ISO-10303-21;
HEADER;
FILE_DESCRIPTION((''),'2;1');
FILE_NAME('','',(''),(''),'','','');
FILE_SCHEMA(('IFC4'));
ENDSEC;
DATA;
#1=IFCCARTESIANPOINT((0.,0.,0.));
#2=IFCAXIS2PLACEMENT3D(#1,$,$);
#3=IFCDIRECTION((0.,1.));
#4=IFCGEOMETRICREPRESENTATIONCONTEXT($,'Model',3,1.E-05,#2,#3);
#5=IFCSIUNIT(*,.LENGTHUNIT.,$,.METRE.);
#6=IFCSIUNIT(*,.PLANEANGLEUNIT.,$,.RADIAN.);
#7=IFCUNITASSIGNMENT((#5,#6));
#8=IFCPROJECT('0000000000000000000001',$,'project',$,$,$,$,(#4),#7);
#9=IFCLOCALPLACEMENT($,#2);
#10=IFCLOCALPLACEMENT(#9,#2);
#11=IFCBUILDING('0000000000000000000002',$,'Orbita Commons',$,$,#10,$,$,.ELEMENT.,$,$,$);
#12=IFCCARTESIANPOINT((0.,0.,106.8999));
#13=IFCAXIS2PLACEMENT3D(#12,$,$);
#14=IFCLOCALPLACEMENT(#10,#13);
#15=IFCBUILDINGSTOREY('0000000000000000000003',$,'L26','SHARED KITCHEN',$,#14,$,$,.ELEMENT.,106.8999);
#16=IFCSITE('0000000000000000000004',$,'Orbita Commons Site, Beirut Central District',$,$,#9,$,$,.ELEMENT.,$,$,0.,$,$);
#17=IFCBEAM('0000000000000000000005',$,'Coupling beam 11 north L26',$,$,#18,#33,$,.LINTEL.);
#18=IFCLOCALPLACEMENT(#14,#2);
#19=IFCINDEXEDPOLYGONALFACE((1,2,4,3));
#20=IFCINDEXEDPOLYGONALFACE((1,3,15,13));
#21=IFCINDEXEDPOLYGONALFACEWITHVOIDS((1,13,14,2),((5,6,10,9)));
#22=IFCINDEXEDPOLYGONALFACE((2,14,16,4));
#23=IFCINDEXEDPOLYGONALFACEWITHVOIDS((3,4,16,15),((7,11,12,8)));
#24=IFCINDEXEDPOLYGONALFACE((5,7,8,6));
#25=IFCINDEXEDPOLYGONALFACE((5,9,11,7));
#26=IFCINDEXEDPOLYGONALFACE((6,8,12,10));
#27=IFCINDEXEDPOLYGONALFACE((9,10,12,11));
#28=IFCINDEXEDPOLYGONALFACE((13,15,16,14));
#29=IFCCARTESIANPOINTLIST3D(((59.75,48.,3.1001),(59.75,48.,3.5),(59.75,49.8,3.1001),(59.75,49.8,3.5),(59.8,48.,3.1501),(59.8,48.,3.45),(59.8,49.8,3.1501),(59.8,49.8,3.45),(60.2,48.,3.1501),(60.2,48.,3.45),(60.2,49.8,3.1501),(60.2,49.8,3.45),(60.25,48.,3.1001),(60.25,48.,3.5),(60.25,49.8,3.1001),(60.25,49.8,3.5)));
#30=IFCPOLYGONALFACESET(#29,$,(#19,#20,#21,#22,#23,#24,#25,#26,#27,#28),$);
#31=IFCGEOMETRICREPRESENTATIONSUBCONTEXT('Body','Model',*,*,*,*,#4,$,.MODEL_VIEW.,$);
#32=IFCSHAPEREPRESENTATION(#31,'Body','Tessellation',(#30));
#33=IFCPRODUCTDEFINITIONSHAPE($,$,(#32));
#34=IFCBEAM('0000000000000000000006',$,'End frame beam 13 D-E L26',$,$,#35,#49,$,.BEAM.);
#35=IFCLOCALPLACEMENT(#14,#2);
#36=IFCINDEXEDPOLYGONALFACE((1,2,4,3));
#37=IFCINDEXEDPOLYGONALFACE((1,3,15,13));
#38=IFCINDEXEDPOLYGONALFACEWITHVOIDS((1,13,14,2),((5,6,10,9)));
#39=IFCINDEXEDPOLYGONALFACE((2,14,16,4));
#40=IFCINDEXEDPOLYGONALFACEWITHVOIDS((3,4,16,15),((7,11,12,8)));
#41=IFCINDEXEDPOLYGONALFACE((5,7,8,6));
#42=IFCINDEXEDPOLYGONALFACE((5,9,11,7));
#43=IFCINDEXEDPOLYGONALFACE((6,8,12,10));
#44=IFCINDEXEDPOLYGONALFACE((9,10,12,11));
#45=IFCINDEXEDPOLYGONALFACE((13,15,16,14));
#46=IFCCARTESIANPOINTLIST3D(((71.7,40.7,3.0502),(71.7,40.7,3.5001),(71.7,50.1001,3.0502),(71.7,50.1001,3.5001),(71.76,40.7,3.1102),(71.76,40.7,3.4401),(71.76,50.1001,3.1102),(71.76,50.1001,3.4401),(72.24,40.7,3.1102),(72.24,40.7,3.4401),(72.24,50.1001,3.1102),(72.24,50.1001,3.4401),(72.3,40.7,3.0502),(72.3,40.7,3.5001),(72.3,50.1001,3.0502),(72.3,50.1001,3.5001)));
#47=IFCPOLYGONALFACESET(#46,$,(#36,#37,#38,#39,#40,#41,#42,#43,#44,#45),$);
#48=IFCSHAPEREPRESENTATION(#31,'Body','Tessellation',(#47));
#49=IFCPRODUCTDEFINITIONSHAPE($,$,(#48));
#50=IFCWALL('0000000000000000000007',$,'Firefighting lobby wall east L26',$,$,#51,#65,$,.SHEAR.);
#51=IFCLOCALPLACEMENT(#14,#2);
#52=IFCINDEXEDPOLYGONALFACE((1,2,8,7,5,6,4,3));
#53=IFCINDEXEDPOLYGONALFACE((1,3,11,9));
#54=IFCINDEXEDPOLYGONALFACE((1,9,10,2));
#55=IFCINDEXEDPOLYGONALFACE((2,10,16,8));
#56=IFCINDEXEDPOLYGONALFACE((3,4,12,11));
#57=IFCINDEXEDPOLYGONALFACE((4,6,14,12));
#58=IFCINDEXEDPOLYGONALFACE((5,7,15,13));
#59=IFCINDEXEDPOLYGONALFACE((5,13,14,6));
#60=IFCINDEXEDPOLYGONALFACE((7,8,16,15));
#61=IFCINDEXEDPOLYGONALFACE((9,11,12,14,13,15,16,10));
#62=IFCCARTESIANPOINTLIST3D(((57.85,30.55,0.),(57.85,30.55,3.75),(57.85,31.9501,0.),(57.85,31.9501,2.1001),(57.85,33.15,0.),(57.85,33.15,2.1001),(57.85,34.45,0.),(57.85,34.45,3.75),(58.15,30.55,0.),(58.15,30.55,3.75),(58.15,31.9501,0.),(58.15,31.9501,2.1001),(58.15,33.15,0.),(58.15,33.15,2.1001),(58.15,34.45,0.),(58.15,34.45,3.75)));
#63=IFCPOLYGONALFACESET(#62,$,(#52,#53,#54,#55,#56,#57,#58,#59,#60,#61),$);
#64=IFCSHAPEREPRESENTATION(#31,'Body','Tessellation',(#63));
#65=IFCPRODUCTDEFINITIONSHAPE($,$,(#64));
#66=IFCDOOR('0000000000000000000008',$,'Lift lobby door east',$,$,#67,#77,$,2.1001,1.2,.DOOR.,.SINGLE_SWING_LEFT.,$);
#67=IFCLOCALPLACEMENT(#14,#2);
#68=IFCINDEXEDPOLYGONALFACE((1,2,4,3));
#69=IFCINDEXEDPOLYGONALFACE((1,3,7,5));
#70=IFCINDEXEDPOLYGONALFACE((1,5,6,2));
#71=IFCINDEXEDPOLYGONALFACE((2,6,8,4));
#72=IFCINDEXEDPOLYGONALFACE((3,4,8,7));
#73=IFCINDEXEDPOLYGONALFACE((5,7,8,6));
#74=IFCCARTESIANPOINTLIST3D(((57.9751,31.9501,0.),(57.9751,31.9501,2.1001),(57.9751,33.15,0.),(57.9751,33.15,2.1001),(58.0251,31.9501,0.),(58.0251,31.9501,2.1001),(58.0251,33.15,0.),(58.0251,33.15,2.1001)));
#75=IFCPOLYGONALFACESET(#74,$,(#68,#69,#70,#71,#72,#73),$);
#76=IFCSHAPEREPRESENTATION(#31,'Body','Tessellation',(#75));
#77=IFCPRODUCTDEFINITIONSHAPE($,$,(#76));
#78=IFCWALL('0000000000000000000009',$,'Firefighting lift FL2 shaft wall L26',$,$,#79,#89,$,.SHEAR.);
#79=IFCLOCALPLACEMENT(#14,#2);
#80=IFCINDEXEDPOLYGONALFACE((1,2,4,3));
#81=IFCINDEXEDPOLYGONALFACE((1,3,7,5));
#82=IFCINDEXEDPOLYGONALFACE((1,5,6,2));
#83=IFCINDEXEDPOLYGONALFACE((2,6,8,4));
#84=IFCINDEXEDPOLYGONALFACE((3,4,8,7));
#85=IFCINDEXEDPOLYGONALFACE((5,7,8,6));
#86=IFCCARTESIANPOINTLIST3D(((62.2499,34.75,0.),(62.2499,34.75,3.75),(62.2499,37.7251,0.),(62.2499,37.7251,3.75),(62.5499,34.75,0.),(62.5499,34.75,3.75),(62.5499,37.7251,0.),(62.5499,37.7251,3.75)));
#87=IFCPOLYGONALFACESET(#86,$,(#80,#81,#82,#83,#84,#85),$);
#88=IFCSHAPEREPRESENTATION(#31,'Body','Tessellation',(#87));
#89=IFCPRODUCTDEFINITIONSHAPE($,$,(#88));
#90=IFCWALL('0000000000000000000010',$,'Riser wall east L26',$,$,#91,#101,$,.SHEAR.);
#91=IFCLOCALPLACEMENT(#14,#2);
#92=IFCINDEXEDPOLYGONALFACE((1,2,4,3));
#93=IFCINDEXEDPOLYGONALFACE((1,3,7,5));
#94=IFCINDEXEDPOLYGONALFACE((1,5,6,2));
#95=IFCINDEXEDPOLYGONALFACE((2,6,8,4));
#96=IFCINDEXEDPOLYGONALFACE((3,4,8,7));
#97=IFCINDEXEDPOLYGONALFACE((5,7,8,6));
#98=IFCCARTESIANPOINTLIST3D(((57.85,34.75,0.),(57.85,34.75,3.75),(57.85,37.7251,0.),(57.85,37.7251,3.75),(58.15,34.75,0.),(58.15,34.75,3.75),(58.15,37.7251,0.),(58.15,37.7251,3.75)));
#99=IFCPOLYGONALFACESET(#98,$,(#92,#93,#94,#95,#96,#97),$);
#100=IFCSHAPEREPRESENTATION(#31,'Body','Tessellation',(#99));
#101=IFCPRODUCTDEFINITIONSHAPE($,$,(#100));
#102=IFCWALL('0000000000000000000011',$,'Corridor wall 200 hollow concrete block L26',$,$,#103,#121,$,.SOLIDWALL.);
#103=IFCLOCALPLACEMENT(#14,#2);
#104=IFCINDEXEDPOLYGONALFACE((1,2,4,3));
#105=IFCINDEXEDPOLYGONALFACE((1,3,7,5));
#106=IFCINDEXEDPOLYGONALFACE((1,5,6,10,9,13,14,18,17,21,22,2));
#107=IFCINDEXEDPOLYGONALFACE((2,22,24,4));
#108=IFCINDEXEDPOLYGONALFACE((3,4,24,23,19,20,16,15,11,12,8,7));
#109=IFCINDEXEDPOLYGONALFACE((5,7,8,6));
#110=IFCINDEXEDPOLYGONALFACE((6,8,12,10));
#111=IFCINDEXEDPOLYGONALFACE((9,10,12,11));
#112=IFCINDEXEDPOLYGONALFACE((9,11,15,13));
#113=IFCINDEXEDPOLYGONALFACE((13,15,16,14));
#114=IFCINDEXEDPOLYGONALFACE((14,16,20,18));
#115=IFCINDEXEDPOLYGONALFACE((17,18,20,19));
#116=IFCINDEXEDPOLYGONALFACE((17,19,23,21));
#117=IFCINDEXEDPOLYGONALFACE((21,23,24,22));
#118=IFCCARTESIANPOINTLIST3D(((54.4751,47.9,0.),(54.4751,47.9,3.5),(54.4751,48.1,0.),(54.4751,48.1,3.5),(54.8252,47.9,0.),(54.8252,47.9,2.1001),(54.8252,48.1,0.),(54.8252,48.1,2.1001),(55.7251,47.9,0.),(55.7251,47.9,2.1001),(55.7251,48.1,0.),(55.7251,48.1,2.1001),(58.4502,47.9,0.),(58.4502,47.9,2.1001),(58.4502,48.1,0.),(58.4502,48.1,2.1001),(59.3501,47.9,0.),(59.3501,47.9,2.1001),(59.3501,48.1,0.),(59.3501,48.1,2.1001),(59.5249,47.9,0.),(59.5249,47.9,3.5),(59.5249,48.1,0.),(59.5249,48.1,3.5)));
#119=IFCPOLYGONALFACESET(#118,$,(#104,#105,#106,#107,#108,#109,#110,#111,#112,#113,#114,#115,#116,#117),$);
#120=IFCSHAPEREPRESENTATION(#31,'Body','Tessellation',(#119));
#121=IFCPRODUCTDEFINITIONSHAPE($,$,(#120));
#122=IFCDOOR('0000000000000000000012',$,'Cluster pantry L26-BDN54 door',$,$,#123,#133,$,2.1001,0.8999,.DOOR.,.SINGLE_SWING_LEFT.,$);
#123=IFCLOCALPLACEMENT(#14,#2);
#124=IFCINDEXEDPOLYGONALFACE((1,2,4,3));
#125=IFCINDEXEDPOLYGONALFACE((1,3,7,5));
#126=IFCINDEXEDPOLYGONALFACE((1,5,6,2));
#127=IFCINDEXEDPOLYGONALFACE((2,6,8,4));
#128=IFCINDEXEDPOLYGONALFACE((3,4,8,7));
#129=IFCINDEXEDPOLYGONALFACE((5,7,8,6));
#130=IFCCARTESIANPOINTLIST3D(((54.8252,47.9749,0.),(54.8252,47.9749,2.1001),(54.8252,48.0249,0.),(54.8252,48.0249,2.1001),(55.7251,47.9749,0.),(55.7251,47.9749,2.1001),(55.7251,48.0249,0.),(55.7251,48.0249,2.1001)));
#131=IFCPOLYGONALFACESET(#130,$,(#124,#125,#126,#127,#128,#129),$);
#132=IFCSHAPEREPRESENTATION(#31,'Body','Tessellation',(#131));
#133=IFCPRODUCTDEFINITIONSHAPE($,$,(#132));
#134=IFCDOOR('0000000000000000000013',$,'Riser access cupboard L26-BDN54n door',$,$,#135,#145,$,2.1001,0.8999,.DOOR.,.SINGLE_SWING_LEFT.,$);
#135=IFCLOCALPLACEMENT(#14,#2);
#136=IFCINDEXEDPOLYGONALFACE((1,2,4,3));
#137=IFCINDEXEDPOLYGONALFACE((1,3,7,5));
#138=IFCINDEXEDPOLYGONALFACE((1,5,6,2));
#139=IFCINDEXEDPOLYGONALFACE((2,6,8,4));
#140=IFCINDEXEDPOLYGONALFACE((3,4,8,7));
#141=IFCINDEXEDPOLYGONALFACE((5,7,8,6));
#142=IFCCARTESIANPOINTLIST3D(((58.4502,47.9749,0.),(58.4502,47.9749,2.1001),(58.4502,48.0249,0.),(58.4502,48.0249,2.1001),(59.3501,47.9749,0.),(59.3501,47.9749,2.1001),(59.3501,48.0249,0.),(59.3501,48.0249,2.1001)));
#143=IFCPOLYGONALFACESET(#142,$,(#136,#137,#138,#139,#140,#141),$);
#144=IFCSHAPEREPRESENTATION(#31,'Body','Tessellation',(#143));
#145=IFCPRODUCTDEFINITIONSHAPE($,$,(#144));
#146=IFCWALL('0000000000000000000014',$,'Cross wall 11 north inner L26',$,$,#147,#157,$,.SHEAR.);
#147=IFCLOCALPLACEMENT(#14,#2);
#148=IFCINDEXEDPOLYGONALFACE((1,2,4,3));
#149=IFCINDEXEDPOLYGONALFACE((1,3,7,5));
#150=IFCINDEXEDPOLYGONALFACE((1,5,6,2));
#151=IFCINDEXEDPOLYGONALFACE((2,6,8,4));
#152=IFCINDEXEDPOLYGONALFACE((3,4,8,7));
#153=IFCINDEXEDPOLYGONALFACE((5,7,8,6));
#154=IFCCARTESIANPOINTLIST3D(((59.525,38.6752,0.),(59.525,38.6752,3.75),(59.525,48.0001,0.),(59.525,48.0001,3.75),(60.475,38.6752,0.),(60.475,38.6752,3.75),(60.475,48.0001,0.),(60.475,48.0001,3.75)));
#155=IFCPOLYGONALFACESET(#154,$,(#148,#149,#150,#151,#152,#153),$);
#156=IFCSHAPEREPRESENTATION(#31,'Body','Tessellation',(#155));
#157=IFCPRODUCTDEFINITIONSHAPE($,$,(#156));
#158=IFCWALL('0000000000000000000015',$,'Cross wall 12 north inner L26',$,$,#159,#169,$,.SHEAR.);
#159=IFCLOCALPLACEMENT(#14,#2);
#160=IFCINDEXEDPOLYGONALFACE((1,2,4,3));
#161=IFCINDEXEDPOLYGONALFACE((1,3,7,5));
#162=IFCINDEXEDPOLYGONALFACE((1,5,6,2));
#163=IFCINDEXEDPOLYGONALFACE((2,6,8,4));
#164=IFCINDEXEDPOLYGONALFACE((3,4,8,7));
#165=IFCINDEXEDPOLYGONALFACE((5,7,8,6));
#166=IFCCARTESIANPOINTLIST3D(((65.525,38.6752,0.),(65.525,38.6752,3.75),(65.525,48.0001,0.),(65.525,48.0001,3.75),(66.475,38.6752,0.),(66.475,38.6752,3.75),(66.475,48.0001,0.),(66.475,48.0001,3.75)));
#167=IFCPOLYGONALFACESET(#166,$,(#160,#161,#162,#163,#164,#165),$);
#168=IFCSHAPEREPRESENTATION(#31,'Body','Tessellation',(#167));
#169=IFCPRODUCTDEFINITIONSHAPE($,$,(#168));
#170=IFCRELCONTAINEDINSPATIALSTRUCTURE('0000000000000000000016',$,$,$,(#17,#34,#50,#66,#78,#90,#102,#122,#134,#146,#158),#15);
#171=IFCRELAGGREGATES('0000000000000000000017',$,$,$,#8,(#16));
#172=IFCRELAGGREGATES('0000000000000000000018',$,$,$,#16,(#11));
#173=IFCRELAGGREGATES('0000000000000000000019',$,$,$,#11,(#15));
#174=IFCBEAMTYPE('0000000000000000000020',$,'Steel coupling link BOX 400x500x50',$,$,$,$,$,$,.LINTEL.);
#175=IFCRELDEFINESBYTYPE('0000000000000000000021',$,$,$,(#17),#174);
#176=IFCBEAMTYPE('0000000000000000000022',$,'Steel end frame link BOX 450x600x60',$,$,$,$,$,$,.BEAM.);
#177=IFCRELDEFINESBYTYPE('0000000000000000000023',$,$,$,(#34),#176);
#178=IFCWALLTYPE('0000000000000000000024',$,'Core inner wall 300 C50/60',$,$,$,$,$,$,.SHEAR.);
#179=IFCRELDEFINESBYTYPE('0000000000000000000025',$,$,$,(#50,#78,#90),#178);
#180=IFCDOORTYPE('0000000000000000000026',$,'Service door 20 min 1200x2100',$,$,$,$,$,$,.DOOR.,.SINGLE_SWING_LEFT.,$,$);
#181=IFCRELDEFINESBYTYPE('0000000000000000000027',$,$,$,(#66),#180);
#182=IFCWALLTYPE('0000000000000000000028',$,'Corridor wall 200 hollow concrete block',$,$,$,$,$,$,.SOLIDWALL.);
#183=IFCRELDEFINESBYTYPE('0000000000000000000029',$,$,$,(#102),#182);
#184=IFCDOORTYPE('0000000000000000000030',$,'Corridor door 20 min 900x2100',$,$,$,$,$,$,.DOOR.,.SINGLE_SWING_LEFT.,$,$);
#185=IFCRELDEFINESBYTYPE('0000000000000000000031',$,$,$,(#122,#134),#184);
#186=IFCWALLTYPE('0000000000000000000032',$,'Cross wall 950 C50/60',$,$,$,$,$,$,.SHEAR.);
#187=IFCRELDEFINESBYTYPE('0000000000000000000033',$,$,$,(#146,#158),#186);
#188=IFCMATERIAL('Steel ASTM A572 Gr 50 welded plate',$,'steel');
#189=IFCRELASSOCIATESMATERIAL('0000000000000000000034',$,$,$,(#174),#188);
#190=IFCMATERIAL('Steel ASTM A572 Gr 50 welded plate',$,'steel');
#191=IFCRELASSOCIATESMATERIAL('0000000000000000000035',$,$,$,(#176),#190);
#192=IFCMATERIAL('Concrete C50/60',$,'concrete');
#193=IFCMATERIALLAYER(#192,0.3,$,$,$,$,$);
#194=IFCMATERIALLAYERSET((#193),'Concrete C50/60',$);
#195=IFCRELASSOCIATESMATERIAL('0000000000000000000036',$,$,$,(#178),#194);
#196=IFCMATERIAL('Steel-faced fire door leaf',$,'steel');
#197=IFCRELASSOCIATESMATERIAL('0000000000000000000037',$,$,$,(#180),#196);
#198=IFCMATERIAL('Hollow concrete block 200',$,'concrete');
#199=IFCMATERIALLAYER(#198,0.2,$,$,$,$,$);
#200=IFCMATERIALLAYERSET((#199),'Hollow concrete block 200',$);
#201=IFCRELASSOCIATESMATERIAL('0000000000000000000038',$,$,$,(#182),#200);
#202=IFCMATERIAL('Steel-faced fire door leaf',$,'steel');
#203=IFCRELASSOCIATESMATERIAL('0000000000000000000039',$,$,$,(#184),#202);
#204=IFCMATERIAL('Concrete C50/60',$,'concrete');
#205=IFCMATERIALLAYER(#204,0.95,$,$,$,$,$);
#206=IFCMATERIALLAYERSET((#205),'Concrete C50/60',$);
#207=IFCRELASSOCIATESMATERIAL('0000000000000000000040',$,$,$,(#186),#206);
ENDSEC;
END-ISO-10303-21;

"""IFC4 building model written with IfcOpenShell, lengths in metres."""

from ifc_helpers import new_model, si_unit, direction, frame, frame_2d, origin, origin_2d, place, context, subcontext, project, spatial, rectangle, hollow_rectangle, extrude, material, layer, layer_set, material_profile, profile_set, type_object, element, fill, save


model = new_model("IFC4")

# Units and contexts
model_context = context("Model", 3, precision=1e-05, world=origin(), true_north=direction((0.0, 1.0)))
body_context = subcontext(model_context, "Body", "Model", "MODEL_VIEW")
ifc_project = project(units=[si_unit("LENGTHUNIT", "METRE"), si_unit("PLANEANGLEUNIT", "RADIAN")], contexts=[model_context])

# Site, building, storey
site_placement = place(None, origin())
site = spatial("IfcSite", under=ifc_project, at=site_placement, Name="Orbita Commons Site, Beirut Central District", CompositionType="ELEMENT", RefElevation=0.0)
building_placement = place(site_placement, origin())
building = spatial("IfcBuilding", under=site, at=building_placement, Name="Orbita Commons", CompositionType="ELEMENT")
storey_placement = place(building_placement, frame((0.0, 0.0, 106.8999)))
storey = spatial("IfcBuildingStorey", under=building, at=storey_placement, Name="L26", Description="SHARED KITCHEN", CompositionType="ELEMENT", Elevation=106.8999)

# Beams
ifc_material_1 = material(Name="Steel ASTM A572 Gr 50 welded plate", Category="steel")
ifc_material_profile_1 = material_profile(ifc_material_1, hollow_rectangle(XDim=0.5, YDim=0.3999, WallThickness=0.05, at=origin_2d()), Name="BOX 400x500x50")
ifc_profile_set_1 = profile_set([ifc_material_profile_1], Name="Steel ASTM A572 Gr 50 welded plate")
beam_type_1 = type_object("IfcBeamType", Name="Steel coupling link BOX 400x500x50", PredefinedType="LINTEL", material=ifc_profile_set_1)
beam_1_placement = place(storey_placement, frame((60.0, 48.0, 3.3), z_axis=(0.0, 1.0, 0.0), x_axis=(-1.0, 0.0, 0.0)))
element("IfcBeam", 1, at=beam_1_placement, inside=storey, type_object=beam_type_1, Name="Coupling beam 11 north L26", PredefinedType="LINTEL", context=body_context, shape_type="SweptSolid", body=[
    extrude(hollow_rectangle(XDim=0.5, YDim=0.3999, WallThickness=0.05, at=origin_2d()), origin(), (0.0, 0.0, 1.0), 1.8),
])
ifc_material_2 = material(Name="Steel ASTM A572 Gr 50 welded plate", Category="steel")
ifc_material_profile_2 = material_profile(ifc_material_2, hollow_rectangle(XDim=0.6001, YDim=0.45, WallThickness=0.0601, at=origin_2d()), Name="BOX 450x600x60")
ifc_profile_set_2 = profile_set([ifc_material_profile_2], Name="Steel ASTM A572 Gr 50 welded plate")
beam_type_2 = type_object("IfcBeamType", Name="Steel end frame link BOX 450x600x60", PredefinedType="BEAM", material=ifc_profile_set_2)
beam_2_placement = place(storey_placement, frame((72.0, 40.7, 3.2751), z_axis=(0.0, 1.0, 0.0), x_axis=(-1.0, 0.0, 0.0)))
element("IfcBeam", 2, at=beam_2_placement, inside=storey, type_object=beam_type_2, Name="End frame beam 13 D-E L26", PredefinedType="BEAM", context=body_context, shape_type="SweptSolid", body=[
    extrude(hollow_rectangle(XDim=0.6001, YDim=0.45, WallThickness=0.0601, at=origin_2d()), origin(), (0.0, 0.0, 1.0), 9.4001),
])

# Wall, opening, door
ifc_material_3 = material(Name="Concrete C50/60", Category="concrete")
ifc_layer_1 = layer(ifc_material_3, 0.3)
ifc_layer_set_1 = layer_set([ifc_layer_1], Name="Concrete C50/60")
wall_type_1 = type_object("IfcWallType", Name="Core inner wall 300 C50/60", PredefinedType="SHEAR", material=ifc_layer_set_1)
wall_1_placement = place(storey_placement, frame((58.0, 30.55, 0.0), z_axis=(0.0, 0.0, 1.0), x_axis=(0.0, 1.0, 0.0)))
wall_1 = element("IfcWall", 3, at=wall_1_placement, inside=storey, type_object=wall_type_1, Name="Firefighting lobby wall east L26", PredefinedType="SHEAR", context=body_context, shape_type="SweptSolid", body=[
    extrude(rectangle(XDim=3.8999, YDim=0.3, at=frame_2d((1.95, 0.0))), origin(), (0.0, 0.0, 1.0), 3.75),
])
opening_1_placement = place(wall_1_placement, frame((1.3999, 0.0, 0.0)))
opening_1 = element("IfcOpeningElement", 4, at=opening_1_placement, cuts=wall_1, PredefinedType="OPENING", context=body_context, shape_type="SweptSolid", body=[
    extrude(rectangle(XDim=1.2, YDim=2.1001, at=frame_2d((0.6001, 1.05))), frame((0.0, 0.1599, 0.0), z_axis=(0.0, -1.0, 0.0), x_axis=(1.0, 0.0, 0.0)), (0.0, 0.0, 1.0), 0.3201),
])
ifc_material_4 = material(Name="Steel-faced fire door leaf", Category="steel")
door_type_1 = type_object("IfcDoorType", Name="Service door 20 min 1200x2100", OperationType="SINGLE_SWING_LEFT", PredefinedType="DOOR", material=ifc_material_4)
door_1_placement = place(opening_1_placement, origin())
door_1 = element("IfcDoor", 5, at=door_1_placement, inside=storey, type_object=door_type_1, Name="Lift lobby door east", OperationType="SINGLE_SWING_LEFT", OverallHeight=2.1001, OverallWidth=1.2, PredefinedType="DOOR", context=body_context, shape_type="SweptSolid", body=[
    extrude(rectangle(XDim=1.2, YDim=2.1001, at=frame_2d((0.6001, 1.05))), frame((0.0, 0.0249, 0.0), z_axis=(0.0, -1.0, 0.0), x_axis=(1.0, 0.0, 0.0)), (0.0, 0.0, 1.0), 0.05),
])
fill(opening_1, door_1)

# Walls
for number, where, z_axis, x_axis, name in (
    (6, (62.3999, 34.75, 0.0), (0.0, 0.0, 1.0), (0.0, 1.0, 0.0), "Firefighting lift FL2 shaft wall L26"),
    (7, (58.0, 34.75, 0.0), (0.0, 0.0, 1.0), (0.0, 1.0, 0.0), "Riser wall east L26"),
):
    element("IfcWall", number, at=place(storey_placement, frame(where, z_axis=z_axis, x_axis=x_axis)), inside=storey, type_object=wall_type_1, Name=name, PredefinedType="SHEAR", context=body_context, shape_type="SweptSolid", body=[
        extrude(rectangle(XDim=2.9751, YDim=0.3, at=frame_2d((1.4875, 0.0))), origin(), (0.0, 0.0, 1.0), 3.75),
    ])

# Wall, openings, doors
ifc_material_5 = material(Name="Hollow concrete block 200", Category="concrete")
ifc_layer_2 = layer(ifc_material_5, 0.2)
ifc_layer_set_2 = layer_set([ifc_layer_2], Name="Hollow concrete block 200")
wall_type_2 = type_object("IfcWallType", Name="Corridor wall 200 hollow concrete block", PredefinedType="SOLIDWALL", material=ifc_layer_set_2)
wall_2_placement = place(storey_placement, frame((54.4751, 48.0, 0.0), z_axis=(0.0, 0.0, 1.0), x_axis=(1.0, 0.0, 0.0)))
wall_2 = element("IfcWall", 8, at=wall_2_placement, inside=storey, type_object=wall_type_2, Name="Corridor wall 200 hollow concrete block L26", PredefinedType="SOLIDWALL", context=body_context, shape_type="SweptSolid", body=[
    extrude(rectangle(XDim=5.0498, YDim=0.2, at=frame_2d((2.5249, 0.0))), origin(), (0.0, 0.0, 1.0), 3.5),
])
opening_2_placement = place(wall_2_placement, frame((0.3501, 0.0, 0.0)))
opening_2 = element("IfcOpeningElement", 9, at=opening_2_placement, cuts=wall_2, PredefinedType="OPENING", context=body_context, shape_type="SweptSolid", body=[
    extrude(rectangle(XDim=0.8999, YDim=2.1001, at=frame_2d((0.45, 1.05))), frame((0.0, 0.1099, 0.0), z_axis=(0.0, -1.0, 0.0), x_axis=(1.0, 0.0, 0.0)), (0.0, 0.0, 1.0), 0.22),
])
opening_3_placement = place(wall_2_placement, frame((3.9751, 0.0, 0.0)))
opening_3 = element("IfcOpeningElement", 10, at=opening_3_placement, cuts=wall_2, PredefinedType="OPENING", context=body_context, shape_type="SweptSolid", body=[
    extrude(rectangle(XDim=0.8999, YDim=2.1001, at=frame_2d((0.45, 1.05))), frame((0.0, 0.1099, 0.0), z_axis=(0.0, -1.0, 0.0), x_axis=(1.0, 0.0, 0.0)), (0.0, 0.0, 1.0), 0.22),
])
ifc_material_6 = material(Name="Steel-faced fire door leaf", Category="steel")
door_type_2 = type_object("IfcDoorType", Name="Corridor door 20 min 900x2100", OperationType="SINGLE_SWING_LEFT", PredefinedType="DOOR", material=ifc_material_6)
door_2_placement = place(opening_2_placement, origin())
door_2 = element("IfcDoor", 11, at=door_2_placement, inside=storey, type_object=door_type_2, Name="Cluster pantry L26-BDN54 door", OperationType="SINGLE_SWING_LEFT", OverallHeight=2.1001, OverallWidth=0.8999, PredefinedType="DOOR", context=body_context, shape_type="SweptSolid", body=[
    extrude(rectangle(XDim=0.8999, YDim=2.1001, at=frame_2d((0.45, 1.05))), frame((0.0, 0.0249, 0.0), z_axis=(0.0, -1.0, 0.0), x_axis=(1.0, 0.0, 0.0)), (0.0, 0.0, 1.0), 0.05),
])
fill(opening_2, door_2)
door_3_placement = place(opening_3_placement, origin())
door_3 = element("IfcDoor", 12, at=door_3_placement, inside=storey, type_object=door_type_2, Name="Riser access cupboard L26-BDN54n door", OperationType="SINGLE_SWING_LEFT", OverallHeight=2.1001, OverallWidth=0.8999, PredefinedType="DOOR", context=body_context, shape_type="SweptSolid", body=[
    extrude(rectangle(XDim=0.8999, YDim=2.1001, at=frame_2d((0.45, 1.05))), frame((0.0, 0.0249, 0.0), z_axis=(0.0, -1.0, 0.0), x_axis=(1.0, 0.0, 0.0)), (0.0, 0.0, 1.0), 0.05),
])
fill(opening_3, door_3)

# Walls
ifc_material_7 = material(Name="Concrete C50/60", Category="concrete")
ifc_layer_3 = layer(ifc_material_7, 0.95)
ifc_layer_set_3 = layer_set([ifc_layer_3], Name="Concrete C50/60")
wall_type_3 = type_object("IfcWallType", Name="Cross wall 950 C50/60", PredefinedType="SHEAR", material=ifc_layer_set_3)
for number, where, z_axis, x_axis, name in (
    (13, (60.0, 38.675, 0.0), (0.0, 0.0, 1.0), (0.0, 1.0, 0.0), "Cross wall 11 north inner L26"),
    (14, (66.0, 38.675, 0.0), (0.0, 0.0, 1.0), (0.0, 1.0, 0.0), "Cross wall 12 north inner L26"),
):
    element("IfcWall", number, at=place(storey_placement, frame(where, z_axis=z_axis, x_axis=x_axis)), inside=storey, type_object=wall_type_3, Name=name, PredefinedType="SHEAR", context=body_context, shape_type="SweptSolid", body=[
        extrude(rectangle(XDim=9.325, YDim=0.95, at=frame_2d((4.6626, 0.0))), origin(), (0.0, 0.0, 1.0), 3.75),
    ])

save(model, "model.ifc")
